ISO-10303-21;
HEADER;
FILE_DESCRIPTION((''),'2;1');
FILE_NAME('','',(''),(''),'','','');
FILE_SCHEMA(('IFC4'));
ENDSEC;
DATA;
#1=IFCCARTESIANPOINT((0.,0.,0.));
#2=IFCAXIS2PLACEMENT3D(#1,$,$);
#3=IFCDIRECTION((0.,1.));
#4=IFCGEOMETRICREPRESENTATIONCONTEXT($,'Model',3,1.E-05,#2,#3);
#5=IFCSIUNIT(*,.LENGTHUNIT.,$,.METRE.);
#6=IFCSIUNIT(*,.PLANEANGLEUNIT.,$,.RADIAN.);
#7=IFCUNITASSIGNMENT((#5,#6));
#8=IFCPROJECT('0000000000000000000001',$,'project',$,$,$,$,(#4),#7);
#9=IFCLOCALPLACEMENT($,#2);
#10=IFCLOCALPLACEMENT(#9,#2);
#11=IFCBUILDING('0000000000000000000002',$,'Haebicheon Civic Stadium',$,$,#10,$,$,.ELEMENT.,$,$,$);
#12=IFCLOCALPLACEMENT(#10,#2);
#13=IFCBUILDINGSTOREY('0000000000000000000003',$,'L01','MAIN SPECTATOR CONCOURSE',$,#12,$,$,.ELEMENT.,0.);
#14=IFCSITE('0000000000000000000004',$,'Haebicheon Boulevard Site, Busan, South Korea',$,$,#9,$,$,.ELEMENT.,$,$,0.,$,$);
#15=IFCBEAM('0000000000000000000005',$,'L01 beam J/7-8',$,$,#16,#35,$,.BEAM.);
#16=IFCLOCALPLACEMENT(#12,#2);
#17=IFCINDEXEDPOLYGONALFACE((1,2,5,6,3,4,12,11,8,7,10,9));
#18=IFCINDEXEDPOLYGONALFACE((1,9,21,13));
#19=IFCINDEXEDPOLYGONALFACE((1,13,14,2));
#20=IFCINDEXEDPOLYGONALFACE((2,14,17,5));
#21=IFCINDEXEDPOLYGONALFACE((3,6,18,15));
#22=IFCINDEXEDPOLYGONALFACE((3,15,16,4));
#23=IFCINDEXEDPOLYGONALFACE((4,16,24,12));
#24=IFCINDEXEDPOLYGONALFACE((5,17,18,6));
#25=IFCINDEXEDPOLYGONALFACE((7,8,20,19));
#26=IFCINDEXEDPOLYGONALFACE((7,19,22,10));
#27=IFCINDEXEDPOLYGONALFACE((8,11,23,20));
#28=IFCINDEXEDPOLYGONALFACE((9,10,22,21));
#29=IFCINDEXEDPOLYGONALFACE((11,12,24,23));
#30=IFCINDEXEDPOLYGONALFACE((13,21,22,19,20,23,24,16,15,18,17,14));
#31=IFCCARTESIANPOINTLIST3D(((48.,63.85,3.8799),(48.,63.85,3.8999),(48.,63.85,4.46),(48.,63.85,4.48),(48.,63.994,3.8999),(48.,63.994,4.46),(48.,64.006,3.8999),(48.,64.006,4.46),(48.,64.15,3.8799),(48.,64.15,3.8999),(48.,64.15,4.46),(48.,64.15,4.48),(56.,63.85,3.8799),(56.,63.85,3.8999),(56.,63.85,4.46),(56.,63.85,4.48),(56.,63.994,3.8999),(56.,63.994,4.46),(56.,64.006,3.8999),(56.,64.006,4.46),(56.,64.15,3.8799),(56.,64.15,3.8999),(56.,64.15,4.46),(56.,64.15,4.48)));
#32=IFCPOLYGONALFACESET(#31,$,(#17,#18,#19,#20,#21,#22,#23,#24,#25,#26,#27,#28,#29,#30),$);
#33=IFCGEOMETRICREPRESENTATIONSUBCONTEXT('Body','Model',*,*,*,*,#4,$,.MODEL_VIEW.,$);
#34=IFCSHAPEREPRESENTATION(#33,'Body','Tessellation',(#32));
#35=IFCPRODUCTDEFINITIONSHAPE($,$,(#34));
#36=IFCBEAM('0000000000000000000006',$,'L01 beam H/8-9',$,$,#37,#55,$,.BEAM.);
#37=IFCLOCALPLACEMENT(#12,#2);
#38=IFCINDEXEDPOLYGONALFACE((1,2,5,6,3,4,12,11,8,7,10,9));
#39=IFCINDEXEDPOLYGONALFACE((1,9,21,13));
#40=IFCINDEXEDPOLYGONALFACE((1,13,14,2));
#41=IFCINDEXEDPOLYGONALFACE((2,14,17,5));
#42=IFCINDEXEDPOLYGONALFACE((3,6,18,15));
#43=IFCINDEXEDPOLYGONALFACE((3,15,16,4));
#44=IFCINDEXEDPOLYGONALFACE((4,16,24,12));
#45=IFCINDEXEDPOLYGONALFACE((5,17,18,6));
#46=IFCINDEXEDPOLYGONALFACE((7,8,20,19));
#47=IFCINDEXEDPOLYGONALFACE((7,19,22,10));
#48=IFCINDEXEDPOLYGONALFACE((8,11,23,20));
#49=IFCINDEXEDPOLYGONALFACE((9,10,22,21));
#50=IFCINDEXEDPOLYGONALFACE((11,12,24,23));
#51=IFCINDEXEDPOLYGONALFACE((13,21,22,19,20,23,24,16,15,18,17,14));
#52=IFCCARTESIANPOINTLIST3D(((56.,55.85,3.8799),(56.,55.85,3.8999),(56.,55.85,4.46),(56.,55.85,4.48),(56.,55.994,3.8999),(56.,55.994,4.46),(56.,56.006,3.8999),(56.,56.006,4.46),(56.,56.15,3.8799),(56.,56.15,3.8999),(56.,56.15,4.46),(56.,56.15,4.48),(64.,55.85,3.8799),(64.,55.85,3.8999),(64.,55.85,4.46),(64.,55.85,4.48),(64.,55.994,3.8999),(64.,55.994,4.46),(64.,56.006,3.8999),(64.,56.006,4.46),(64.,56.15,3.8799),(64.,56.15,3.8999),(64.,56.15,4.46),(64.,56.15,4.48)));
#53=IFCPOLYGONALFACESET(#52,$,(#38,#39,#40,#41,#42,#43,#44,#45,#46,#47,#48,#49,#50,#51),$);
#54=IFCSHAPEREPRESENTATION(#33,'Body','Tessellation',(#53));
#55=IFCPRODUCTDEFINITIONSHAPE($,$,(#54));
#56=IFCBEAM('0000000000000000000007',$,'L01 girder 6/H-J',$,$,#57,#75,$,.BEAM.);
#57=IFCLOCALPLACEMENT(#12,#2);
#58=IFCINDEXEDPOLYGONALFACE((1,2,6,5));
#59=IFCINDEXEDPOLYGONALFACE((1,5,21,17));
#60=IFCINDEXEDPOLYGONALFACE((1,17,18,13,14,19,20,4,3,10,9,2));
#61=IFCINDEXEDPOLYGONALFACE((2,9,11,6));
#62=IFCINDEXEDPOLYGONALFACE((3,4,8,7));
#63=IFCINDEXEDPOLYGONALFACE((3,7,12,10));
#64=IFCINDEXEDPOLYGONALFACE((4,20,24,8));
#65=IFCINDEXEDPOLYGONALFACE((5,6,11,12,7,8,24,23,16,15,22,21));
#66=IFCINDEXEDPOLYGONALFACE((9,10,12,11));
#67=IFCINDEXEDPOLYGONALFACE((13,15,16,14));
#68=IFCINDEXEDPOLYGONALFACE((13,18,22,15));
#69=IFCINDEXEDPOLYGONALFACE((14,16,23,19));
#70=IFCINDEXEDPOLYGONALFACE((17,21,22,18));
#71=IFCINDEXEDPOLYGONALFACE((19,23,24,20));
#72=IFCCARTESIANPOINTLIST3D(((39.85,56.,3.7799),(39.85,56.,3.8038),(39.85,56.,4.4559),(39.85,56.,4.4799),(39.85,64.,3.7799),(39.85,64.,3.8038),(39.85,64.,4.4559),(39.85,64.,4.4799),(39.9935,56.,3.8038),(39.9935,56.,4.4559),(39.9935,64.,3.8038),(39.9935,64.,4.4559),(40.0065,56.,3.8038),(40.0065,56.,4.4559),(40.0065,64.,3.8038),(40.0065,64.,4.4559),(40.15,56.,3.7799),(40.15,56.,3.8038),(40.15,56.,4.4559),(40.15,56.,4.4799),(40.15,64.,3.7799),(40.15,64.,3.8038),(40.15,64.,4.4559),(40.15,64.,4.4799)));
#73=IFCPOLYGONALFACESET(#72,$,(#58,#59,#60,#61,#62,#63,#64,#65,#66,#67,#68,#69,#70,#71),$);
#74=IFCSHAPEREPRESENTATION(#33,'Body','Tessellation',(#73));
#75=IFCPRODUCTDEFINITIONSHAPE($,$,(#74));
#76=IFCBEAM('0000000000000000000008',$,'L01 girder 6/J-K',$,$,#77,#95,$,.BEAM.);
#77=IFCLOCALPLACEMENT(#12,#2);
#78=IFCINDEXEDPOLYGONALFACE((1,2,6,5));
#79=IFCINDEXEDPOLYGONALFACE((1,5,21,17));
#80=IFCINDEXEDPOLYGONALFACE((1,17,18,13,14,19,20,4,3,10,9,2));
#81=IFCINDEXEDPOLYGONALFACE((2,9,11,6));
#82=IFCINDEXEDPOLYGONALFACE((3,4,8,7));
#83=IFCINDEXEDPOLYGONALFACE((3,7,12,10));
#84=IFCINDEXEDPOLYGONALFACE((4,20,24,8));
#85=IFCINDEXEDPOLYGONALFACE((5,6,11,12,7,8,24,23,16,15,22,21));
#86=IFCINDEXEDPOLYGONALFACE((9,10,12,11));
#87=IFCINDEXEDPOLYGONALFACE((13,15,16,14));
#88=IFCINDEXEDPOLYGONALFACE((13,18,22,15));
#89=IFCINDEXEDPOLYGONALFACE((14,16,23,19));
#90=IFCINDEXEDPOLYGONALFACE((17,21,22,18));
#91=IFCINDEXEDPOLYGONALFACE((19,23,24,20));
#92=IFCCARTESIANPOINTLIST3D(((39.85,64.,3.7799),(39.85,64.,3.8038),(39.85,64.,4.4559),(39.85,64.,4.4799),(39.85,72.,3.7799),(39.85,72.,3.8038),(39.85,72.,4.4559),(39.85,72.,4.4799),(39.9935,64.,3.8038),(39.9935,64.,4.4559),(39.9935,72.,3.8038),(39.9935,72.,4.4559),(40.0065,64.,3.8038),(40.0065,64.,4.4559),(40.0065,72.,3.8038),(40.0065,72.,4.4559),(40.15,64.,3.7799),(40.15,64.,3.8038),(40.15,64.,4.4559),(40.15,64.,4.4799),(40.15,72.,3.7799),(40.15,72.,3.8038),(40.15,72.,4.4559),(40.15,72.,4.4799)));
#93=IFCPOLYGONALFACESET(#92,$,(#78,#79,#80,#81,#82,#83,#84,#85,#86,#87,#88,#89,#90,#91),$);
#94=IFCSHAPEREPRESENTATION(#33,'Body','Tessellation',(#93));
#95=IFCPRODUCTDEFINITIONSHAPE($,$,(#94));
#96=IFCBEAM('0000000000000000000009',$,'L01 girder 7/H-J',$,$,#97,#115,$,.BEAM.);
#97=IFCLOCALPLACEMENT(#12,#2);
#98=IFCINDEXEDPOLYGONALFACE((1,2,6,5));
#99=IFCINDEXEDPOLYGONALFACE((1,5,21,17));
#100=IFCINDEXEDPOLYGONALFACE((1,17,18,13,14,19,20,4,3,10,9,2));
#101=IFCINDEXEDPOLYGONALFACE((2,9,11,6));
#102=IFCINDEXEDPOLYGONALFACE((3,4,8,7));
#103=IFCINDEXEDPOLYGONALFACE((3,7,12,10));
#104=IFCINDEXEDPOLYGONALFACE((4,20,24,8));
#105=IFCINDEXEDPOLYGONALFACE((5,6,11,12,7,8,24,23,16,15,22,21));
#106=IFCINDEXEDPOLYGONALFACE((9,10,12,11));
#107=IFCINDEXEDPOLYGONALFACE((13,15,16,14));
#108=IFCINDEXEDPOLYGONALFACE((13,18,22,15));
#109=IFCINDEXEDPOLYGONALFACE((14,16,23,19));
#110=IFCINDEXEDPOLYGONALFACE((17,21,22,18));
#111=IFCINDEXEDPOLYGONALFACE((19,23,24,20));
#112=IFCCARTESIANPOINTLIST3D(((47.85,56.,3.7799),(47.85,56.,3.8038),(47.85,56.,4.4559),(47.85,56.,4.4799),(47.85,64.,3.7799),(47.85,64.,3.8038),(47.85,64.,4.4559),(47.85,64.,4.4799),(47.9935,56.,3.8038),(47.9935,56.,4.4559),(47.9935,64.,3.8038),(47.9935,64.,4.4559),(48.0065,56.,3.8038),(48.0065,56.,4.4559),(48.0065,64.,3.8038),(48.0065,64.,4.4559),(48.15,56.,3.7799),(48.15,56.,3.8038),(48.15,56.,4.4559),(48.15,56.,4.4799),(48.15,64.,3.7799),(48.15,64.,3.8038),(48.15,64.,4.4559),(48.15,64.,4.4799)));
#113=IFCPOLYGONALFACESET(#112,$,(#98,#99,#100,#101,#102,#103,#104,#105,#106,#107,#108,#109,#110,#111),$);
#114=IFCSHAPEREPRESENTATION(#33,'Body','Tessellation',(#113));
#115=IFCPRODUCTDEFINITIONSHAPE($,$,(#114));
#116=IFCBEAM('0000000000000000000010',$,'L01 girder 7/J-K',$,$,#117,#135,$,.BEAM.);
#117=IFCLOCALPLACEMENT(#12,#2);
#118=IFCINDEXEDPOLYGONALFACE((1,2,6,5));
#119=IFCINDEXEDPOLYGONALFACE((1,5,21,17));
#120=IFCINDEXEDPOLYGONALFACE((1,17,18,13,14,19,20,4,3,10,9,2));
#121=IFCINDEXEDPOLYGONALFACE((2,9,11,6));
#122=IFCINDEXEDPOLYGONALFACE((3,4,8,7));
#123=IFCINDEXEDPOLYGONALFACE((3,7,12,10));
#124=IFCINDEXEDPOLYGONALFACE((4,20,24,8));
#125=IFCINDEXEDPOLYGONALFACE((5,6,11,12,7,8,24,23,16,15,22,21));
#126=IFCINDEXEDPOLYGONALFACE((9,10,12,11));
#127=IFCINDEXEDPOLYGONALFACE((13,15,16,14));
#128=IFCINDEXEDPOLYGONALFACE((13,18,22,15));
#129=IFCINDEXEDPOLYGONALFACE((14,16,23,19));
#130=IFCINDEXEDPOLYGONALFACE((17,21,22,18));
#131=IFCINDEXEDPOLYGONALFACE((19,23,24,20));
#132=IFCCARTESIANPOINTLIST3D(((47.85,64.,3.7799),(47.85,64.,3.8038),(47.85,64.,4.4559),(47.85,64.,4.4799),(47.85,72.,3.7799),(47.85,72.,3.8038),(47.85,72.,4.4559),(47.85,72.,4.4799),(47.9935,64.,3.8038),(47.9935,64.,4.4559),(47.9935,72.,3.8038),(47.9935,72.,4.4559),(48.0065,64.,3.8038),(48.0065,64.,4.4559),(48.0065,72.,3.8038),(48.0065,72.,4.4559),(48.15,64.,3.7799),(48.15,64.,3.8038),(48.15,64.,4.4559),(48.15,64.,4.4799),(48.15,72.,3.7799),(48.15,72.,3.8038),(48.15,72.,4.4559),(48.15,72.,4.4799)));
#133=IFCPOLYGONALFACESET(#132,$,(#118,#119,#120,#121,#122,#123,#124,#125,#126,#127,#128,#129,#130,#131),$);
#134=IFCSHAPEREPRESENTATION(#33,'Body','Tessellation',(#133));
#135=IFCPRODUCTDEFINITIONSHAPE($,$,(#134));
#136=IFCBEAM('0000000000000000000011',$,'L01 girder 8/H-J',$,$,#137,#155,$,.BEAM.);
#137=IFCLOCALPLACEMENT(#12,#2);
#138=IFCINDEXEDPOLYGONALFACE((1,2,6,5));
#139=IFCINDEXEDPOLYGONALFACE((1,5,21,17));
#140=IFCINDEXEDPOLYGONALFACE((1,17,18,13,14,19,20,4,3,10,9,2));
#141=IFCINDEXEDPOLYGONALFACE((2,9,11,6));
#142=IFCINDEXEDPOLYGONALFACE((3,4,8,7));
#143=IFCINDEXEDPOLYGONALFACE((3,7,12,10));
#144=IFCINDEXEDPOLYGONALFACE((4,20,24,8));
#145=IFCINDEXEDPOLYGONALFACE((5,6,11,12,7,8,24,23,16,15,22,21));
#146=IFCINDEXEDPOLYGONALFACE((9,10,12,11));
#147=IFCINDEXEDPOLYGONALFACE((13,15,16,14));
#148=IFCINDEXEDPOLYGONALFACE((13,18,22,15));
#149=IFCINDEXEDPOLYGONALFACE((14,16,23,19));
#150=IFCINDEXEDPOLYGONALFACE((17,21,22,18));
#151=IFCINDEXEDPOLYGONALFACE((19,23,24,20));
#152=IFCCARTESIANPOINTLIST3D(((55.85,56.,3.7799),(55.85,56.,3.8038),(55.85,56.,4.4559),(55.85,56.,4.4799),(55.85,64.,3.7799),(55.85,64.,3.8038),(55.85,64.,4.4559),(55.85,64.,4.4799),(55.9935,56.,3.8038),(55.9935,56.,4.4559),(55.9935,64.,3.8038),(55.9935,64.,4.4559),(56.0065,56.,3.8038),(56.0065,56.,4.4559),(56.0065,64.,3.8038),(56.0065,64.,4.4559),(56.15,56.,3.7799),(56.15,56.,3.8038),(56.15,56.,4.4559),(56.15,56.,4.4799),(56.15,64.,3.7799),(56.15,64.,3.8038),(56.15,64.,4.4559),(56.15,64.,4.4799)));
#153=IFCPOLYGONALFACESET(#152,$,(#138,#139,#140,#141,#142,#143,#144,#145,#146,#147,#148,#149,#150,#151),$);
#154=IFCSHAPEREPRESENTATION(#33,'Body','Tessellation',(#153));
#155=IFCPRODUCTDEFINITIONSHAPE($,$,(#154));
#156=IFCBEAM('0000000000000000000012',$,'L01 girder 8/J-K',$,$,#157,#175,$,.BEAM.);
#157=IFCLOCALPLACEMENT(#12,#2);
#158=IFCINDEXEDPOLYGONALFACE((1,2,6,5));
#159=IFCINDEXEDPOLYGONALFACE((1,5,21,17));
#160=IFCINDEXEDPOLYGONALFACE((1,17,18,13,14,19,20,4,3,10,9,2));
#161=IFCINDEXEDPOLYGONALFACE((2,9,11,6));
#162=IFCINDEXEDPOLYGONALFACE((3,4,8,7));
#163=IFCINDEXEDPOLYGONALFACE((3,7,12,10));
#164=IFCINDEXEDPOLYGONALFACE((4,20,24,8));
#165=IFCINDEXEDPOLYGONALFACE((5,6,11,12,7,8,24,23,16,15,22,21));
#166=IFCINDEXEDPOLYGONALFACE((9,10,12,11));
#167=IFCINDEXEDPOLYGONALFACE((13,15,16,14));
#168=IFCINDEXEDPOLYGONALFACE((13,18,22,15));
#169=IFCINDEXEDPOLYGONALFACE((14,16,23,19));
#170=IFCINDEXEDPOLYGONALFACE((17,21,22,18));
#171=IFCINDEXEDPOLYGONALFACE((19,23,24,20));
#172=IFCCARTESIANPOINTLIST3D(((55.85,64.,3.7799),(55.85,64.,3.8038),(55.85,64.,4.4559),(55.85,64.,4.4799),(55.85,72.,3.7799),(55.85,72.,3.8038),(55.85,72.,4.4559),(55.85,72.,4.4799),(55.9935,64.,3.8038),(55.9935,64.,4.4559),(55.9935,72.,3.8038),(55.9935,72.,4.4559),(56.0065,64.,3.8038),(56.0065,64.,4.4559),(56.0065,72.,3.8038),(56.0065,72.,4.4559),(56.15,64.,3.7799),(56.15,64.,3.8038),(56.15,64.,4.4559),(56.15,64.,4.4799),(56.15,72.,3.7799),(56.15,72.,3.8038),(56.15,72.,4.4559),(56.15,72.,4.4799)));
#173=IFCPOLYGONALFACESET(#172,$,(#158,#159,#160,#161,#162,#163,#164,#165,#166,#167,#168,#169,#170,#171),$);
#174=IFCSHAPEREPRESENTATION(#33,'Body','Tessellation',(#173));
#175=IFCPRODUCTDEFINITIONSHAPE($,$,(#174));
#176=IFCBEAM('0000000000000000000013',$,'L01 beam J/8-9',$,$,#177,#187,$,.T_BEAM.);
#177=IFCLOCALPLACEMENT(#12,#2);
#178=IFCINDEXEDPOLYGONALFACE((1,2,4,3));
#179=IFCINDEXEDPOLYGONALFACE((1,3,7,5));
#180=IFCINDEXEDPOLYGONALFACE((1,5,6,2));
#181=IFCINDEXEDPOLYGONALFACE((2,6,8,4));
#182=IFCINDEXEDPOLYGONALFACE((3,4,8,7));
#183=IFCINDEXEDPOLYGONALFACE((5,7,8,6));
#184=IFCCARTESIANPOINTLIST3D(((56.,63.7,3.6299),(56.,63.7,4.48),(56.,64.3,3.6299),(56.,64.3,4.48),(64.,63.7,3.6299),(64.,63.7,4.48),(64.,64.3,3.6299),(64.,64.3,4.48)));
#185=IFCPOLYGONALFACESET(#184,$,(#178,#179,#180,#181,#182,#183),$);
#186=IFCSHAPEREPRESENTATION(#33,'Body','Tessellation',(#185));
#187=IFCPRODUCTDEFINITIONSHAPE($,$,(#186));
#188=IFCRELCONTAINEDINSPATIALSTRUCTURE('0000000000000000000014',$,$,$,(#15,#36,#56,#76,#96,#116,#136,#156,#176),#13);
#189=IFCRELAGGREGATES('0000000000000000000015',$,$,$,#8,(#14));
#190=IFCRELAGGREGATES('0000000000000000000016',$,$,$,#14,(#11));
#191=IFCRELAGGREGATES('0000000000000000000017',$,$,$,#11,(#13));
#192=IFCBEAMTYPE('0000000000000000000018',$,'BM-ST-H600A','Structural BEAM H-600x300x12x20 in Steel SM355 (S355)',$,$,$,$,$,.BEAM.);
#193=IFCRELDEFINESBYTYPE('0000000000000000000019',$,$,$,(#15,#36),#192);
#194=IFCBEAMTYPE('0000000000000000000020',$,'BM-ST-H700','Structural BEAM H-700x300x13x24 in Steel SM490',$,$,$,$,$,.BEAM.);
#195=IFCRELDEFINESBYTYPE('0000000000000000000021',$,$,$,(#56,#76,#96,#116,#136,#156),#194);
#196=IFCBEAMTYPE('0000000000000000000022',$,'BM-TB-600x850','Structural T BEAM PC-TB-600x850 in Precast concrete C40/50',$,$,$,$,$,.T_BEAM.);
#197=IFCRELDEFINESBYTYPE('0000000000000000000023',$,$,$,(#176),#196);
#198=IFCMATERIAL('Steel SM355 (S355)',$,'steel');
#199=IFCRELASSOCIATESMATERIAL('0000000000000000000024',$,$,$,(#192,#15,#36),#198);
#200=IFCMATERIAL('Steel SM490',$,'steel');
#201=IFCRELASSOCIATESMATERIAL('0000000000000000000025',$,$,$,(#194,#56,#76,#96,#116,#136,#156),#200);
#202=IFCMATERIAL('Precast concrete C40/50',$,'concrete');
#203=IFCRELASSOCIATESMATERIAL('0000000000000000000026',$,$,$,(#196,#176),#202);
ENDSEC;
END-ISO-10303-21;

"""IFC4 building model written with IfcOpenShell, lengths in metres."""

from ifc_helpers import new_model, si_unit, direction, frame, origin, origin_2d, place, context, subcontext, project, spatial, rectangle, i_section, extrude, material, material_profile, profile_set, type_object, element, save


model = new_model("IFC4")

# Units and contexts
model_context = context("Model", 3, precision=1e-05, world=origin(), true_north=direction((0.0, 1.0)))
body_context = subcontext(model_context, "Body", "Model", "MODEL_VIEW")
ifc_project = project(units=[si_unit("LENGTHUNIT", "METRE"), si_unit("PLANEANGLEUNIT", "RADIAN")], contexts=[model_context])

# Site, building, storey
site_placement = place(None, origin())
site = spatial("IfcSite", under=ifc_project, at=site_placement, Name="Haebicheon Boulevard Site, Busan, South Korea", CompositionType="ELEMENT", RefElevation=0.0)
building_placement = place(site_placement, origin())
building = spatial("IfcBuilding", under=site, at=building_placement, Name="Haebicheon Civic Stadium", CompositionType="ELEMENT")
storey_placement = place(building_placement, origin())
storey = spatial("IfcBuildingStorey", under=building, at=storey_placement, Name="L01", Description="MAIN SPECTATOR CONCOURSE", CompositionType="ELEMENT", Elevation=0.0)

# Beams
ifc_material_1 = material(Name="Steel SM355 (S355)", Category="steel")
ifc_material_profile_1 = material_profile(ifc_material_1, i_section(OverallWidth=0.3, OverallDepth=0.6001, WebThickness=0.012, FlangeThickness=0.02, at=origin_2d()), Name="H-600x300x12x20")
ifc_profile_set_1 = profile_set([ifc_material_profile_1], Name="Steel SM355 (S355)")
beam_type_1 = type_object("IfcBeamType", Name="BM-ST-H600A", Description="Structural BEAM H-600x300x12x20 in Steel SM355 (S355)", PredefinedType="BEAM", material=ifc_profile_set_1)
for number, where, z_axis, x_axis, name in (
    (1, (48.0, 64.0, 4.1799), (1.0, 0.0, 0.0), (0.0, 1.0, 0.0), "L01 beam J/7-8"),
    (2, (56.0, 56.0, 4.1799), (1.0, 0.0, 0.0), (0.0, 1.0, 0.0), "L01 beam H/8-9"),
):
    element("IfcBeam", number, at=place(storey_placement, frame(where, z_axis=z_axis, x_axis=x_axis)), inside=storey, type_object=beam_type_1, material=ifc_profile_set_1, Name=name, PredefinedType="BEAM", context=body_context, shape_type="SweptSolid", body=[
        extrude(i_section(OverallWidth=0.3, OverallDepth=0.6001, WebThickness=0.012, FlangeThickness=0.02, at=origin_2d()), origin(), (0.0, 0.0, 1.0), 8.0),
    ])
ifc_material_2 = material(Name="Steel SM490", Category="steel")
ifc_material_profile_2 = material_profile(ifc_material_2, i_section(OverallWidth=0.3, OverallDepth=0.7, WebThickness=0.0129, FlangeThickness=0.0239, at=origin_2d()), Name="H-700x300x13x24")
ifc_profile_set_2 = profile_set([ifc_material_profile_2], Name="Steel SM490")
beam_type_2 = type_object("IfcBeamType", Name="BM-ST-H700", Description="Structural BEAM H-700x300x13x24 in Steel SM490", PredefinedType="BEAM", material=ifc_profile_set_2)
for number, where, z_axis, x_axis, name in (
    (3, (40.0, 56.0, 4.1299), (0.0, 1.0, 0.0), (-1.0, 0.0, 0.0), "L01 girder 6/H-J"),
    (4, (40.0, 64.0, 4.1299), (0.0, 1.0, 0.0), (-1.0, 0.0, 0.0), "L01 girder 6/J-K"),
    (5, (48.0, 56.0, 4.1299), (0.0, 1.0, 0.0), (-1.0, 0.0, 0.0), "L01 girder 7/H-J"),
    (6, (48.0, 64.0, 4.1299), (0.0, 1.0, 0.0), (-1.0, 0.0, 0.0), "L01 girder 7/J-K"),
    (7, (56.0, 56.0, 4.1299), (0.0, 1.0, 0.0), (-1.0, 0.0, 0.0), "L01 girder 8/H-J"),
    (8, (56.0, 64.0, 4.1299), (0.0, 1.0, 0.0), (-1.0, 0.0, 0.0), "L01 girder 8/J-K"),
):
    element("IfcBeam", number, at=place(storey_placement, frame(where, z_axis=z_axis, x_axis=x_axis)), inside=storey, type_object=beam_type_2, material=ifc_profile_set_2, Name=name, PredefinedType="BEAM", context=body_context, shape_type="SweptSolid", body=[
        extrude(i_section(OverallWidth=0.3, OverallDepth=0.7, WebThickness=0.0129, FlangeThickness=0.0239, at=origin_2d()), origin(), (0.0, 0.0, 1.0), 8.0),
    ])
ifc_material_3 = material(Name="Precast concrete C40/50", Category="concrete")
ifc_material_profile_3 = material_profile(ifc_material_3, rectangle(XDim=0.6001, YDim=0.8501, at=origin_2d()), Name="PC-TB-600x850")
ifc_profile_set_3 = profile_set([ifc_material_profile_3], Name="Precast concrete C40/50")
beam_type_3 = type_object("IfcBeamType", Name="BM-TB-600x850", Description="Structural T BEAM PC-TB-600x850 in Precast concrete C40/50", PredefinedType="T_BEAM", material=ifc_profile_set_3)
beam_1_placement = place(storey_placement, frame((56.0, 64.0, 4.0549), z_axis=(1.0, 0.0, 0.0), x_axis=(0.0, 1.0, 0.0)))
element("IfcBeam", 9, at=beam_1_placement, inside=storey, type_object=beam_type_3, material=ifc_profile_set_3, Name="L01 beam J/8-9", PredefinedType="T_BEAM", context=body_context, shape_type="SweptSolid", body=[
    extrude(rectangle(XDim=0.6001, YDim=0.8501, at=origin_2d()), origin(), (0.0, 0.0, 1.0), 8.0),
])

save(model, "model.ifc")
